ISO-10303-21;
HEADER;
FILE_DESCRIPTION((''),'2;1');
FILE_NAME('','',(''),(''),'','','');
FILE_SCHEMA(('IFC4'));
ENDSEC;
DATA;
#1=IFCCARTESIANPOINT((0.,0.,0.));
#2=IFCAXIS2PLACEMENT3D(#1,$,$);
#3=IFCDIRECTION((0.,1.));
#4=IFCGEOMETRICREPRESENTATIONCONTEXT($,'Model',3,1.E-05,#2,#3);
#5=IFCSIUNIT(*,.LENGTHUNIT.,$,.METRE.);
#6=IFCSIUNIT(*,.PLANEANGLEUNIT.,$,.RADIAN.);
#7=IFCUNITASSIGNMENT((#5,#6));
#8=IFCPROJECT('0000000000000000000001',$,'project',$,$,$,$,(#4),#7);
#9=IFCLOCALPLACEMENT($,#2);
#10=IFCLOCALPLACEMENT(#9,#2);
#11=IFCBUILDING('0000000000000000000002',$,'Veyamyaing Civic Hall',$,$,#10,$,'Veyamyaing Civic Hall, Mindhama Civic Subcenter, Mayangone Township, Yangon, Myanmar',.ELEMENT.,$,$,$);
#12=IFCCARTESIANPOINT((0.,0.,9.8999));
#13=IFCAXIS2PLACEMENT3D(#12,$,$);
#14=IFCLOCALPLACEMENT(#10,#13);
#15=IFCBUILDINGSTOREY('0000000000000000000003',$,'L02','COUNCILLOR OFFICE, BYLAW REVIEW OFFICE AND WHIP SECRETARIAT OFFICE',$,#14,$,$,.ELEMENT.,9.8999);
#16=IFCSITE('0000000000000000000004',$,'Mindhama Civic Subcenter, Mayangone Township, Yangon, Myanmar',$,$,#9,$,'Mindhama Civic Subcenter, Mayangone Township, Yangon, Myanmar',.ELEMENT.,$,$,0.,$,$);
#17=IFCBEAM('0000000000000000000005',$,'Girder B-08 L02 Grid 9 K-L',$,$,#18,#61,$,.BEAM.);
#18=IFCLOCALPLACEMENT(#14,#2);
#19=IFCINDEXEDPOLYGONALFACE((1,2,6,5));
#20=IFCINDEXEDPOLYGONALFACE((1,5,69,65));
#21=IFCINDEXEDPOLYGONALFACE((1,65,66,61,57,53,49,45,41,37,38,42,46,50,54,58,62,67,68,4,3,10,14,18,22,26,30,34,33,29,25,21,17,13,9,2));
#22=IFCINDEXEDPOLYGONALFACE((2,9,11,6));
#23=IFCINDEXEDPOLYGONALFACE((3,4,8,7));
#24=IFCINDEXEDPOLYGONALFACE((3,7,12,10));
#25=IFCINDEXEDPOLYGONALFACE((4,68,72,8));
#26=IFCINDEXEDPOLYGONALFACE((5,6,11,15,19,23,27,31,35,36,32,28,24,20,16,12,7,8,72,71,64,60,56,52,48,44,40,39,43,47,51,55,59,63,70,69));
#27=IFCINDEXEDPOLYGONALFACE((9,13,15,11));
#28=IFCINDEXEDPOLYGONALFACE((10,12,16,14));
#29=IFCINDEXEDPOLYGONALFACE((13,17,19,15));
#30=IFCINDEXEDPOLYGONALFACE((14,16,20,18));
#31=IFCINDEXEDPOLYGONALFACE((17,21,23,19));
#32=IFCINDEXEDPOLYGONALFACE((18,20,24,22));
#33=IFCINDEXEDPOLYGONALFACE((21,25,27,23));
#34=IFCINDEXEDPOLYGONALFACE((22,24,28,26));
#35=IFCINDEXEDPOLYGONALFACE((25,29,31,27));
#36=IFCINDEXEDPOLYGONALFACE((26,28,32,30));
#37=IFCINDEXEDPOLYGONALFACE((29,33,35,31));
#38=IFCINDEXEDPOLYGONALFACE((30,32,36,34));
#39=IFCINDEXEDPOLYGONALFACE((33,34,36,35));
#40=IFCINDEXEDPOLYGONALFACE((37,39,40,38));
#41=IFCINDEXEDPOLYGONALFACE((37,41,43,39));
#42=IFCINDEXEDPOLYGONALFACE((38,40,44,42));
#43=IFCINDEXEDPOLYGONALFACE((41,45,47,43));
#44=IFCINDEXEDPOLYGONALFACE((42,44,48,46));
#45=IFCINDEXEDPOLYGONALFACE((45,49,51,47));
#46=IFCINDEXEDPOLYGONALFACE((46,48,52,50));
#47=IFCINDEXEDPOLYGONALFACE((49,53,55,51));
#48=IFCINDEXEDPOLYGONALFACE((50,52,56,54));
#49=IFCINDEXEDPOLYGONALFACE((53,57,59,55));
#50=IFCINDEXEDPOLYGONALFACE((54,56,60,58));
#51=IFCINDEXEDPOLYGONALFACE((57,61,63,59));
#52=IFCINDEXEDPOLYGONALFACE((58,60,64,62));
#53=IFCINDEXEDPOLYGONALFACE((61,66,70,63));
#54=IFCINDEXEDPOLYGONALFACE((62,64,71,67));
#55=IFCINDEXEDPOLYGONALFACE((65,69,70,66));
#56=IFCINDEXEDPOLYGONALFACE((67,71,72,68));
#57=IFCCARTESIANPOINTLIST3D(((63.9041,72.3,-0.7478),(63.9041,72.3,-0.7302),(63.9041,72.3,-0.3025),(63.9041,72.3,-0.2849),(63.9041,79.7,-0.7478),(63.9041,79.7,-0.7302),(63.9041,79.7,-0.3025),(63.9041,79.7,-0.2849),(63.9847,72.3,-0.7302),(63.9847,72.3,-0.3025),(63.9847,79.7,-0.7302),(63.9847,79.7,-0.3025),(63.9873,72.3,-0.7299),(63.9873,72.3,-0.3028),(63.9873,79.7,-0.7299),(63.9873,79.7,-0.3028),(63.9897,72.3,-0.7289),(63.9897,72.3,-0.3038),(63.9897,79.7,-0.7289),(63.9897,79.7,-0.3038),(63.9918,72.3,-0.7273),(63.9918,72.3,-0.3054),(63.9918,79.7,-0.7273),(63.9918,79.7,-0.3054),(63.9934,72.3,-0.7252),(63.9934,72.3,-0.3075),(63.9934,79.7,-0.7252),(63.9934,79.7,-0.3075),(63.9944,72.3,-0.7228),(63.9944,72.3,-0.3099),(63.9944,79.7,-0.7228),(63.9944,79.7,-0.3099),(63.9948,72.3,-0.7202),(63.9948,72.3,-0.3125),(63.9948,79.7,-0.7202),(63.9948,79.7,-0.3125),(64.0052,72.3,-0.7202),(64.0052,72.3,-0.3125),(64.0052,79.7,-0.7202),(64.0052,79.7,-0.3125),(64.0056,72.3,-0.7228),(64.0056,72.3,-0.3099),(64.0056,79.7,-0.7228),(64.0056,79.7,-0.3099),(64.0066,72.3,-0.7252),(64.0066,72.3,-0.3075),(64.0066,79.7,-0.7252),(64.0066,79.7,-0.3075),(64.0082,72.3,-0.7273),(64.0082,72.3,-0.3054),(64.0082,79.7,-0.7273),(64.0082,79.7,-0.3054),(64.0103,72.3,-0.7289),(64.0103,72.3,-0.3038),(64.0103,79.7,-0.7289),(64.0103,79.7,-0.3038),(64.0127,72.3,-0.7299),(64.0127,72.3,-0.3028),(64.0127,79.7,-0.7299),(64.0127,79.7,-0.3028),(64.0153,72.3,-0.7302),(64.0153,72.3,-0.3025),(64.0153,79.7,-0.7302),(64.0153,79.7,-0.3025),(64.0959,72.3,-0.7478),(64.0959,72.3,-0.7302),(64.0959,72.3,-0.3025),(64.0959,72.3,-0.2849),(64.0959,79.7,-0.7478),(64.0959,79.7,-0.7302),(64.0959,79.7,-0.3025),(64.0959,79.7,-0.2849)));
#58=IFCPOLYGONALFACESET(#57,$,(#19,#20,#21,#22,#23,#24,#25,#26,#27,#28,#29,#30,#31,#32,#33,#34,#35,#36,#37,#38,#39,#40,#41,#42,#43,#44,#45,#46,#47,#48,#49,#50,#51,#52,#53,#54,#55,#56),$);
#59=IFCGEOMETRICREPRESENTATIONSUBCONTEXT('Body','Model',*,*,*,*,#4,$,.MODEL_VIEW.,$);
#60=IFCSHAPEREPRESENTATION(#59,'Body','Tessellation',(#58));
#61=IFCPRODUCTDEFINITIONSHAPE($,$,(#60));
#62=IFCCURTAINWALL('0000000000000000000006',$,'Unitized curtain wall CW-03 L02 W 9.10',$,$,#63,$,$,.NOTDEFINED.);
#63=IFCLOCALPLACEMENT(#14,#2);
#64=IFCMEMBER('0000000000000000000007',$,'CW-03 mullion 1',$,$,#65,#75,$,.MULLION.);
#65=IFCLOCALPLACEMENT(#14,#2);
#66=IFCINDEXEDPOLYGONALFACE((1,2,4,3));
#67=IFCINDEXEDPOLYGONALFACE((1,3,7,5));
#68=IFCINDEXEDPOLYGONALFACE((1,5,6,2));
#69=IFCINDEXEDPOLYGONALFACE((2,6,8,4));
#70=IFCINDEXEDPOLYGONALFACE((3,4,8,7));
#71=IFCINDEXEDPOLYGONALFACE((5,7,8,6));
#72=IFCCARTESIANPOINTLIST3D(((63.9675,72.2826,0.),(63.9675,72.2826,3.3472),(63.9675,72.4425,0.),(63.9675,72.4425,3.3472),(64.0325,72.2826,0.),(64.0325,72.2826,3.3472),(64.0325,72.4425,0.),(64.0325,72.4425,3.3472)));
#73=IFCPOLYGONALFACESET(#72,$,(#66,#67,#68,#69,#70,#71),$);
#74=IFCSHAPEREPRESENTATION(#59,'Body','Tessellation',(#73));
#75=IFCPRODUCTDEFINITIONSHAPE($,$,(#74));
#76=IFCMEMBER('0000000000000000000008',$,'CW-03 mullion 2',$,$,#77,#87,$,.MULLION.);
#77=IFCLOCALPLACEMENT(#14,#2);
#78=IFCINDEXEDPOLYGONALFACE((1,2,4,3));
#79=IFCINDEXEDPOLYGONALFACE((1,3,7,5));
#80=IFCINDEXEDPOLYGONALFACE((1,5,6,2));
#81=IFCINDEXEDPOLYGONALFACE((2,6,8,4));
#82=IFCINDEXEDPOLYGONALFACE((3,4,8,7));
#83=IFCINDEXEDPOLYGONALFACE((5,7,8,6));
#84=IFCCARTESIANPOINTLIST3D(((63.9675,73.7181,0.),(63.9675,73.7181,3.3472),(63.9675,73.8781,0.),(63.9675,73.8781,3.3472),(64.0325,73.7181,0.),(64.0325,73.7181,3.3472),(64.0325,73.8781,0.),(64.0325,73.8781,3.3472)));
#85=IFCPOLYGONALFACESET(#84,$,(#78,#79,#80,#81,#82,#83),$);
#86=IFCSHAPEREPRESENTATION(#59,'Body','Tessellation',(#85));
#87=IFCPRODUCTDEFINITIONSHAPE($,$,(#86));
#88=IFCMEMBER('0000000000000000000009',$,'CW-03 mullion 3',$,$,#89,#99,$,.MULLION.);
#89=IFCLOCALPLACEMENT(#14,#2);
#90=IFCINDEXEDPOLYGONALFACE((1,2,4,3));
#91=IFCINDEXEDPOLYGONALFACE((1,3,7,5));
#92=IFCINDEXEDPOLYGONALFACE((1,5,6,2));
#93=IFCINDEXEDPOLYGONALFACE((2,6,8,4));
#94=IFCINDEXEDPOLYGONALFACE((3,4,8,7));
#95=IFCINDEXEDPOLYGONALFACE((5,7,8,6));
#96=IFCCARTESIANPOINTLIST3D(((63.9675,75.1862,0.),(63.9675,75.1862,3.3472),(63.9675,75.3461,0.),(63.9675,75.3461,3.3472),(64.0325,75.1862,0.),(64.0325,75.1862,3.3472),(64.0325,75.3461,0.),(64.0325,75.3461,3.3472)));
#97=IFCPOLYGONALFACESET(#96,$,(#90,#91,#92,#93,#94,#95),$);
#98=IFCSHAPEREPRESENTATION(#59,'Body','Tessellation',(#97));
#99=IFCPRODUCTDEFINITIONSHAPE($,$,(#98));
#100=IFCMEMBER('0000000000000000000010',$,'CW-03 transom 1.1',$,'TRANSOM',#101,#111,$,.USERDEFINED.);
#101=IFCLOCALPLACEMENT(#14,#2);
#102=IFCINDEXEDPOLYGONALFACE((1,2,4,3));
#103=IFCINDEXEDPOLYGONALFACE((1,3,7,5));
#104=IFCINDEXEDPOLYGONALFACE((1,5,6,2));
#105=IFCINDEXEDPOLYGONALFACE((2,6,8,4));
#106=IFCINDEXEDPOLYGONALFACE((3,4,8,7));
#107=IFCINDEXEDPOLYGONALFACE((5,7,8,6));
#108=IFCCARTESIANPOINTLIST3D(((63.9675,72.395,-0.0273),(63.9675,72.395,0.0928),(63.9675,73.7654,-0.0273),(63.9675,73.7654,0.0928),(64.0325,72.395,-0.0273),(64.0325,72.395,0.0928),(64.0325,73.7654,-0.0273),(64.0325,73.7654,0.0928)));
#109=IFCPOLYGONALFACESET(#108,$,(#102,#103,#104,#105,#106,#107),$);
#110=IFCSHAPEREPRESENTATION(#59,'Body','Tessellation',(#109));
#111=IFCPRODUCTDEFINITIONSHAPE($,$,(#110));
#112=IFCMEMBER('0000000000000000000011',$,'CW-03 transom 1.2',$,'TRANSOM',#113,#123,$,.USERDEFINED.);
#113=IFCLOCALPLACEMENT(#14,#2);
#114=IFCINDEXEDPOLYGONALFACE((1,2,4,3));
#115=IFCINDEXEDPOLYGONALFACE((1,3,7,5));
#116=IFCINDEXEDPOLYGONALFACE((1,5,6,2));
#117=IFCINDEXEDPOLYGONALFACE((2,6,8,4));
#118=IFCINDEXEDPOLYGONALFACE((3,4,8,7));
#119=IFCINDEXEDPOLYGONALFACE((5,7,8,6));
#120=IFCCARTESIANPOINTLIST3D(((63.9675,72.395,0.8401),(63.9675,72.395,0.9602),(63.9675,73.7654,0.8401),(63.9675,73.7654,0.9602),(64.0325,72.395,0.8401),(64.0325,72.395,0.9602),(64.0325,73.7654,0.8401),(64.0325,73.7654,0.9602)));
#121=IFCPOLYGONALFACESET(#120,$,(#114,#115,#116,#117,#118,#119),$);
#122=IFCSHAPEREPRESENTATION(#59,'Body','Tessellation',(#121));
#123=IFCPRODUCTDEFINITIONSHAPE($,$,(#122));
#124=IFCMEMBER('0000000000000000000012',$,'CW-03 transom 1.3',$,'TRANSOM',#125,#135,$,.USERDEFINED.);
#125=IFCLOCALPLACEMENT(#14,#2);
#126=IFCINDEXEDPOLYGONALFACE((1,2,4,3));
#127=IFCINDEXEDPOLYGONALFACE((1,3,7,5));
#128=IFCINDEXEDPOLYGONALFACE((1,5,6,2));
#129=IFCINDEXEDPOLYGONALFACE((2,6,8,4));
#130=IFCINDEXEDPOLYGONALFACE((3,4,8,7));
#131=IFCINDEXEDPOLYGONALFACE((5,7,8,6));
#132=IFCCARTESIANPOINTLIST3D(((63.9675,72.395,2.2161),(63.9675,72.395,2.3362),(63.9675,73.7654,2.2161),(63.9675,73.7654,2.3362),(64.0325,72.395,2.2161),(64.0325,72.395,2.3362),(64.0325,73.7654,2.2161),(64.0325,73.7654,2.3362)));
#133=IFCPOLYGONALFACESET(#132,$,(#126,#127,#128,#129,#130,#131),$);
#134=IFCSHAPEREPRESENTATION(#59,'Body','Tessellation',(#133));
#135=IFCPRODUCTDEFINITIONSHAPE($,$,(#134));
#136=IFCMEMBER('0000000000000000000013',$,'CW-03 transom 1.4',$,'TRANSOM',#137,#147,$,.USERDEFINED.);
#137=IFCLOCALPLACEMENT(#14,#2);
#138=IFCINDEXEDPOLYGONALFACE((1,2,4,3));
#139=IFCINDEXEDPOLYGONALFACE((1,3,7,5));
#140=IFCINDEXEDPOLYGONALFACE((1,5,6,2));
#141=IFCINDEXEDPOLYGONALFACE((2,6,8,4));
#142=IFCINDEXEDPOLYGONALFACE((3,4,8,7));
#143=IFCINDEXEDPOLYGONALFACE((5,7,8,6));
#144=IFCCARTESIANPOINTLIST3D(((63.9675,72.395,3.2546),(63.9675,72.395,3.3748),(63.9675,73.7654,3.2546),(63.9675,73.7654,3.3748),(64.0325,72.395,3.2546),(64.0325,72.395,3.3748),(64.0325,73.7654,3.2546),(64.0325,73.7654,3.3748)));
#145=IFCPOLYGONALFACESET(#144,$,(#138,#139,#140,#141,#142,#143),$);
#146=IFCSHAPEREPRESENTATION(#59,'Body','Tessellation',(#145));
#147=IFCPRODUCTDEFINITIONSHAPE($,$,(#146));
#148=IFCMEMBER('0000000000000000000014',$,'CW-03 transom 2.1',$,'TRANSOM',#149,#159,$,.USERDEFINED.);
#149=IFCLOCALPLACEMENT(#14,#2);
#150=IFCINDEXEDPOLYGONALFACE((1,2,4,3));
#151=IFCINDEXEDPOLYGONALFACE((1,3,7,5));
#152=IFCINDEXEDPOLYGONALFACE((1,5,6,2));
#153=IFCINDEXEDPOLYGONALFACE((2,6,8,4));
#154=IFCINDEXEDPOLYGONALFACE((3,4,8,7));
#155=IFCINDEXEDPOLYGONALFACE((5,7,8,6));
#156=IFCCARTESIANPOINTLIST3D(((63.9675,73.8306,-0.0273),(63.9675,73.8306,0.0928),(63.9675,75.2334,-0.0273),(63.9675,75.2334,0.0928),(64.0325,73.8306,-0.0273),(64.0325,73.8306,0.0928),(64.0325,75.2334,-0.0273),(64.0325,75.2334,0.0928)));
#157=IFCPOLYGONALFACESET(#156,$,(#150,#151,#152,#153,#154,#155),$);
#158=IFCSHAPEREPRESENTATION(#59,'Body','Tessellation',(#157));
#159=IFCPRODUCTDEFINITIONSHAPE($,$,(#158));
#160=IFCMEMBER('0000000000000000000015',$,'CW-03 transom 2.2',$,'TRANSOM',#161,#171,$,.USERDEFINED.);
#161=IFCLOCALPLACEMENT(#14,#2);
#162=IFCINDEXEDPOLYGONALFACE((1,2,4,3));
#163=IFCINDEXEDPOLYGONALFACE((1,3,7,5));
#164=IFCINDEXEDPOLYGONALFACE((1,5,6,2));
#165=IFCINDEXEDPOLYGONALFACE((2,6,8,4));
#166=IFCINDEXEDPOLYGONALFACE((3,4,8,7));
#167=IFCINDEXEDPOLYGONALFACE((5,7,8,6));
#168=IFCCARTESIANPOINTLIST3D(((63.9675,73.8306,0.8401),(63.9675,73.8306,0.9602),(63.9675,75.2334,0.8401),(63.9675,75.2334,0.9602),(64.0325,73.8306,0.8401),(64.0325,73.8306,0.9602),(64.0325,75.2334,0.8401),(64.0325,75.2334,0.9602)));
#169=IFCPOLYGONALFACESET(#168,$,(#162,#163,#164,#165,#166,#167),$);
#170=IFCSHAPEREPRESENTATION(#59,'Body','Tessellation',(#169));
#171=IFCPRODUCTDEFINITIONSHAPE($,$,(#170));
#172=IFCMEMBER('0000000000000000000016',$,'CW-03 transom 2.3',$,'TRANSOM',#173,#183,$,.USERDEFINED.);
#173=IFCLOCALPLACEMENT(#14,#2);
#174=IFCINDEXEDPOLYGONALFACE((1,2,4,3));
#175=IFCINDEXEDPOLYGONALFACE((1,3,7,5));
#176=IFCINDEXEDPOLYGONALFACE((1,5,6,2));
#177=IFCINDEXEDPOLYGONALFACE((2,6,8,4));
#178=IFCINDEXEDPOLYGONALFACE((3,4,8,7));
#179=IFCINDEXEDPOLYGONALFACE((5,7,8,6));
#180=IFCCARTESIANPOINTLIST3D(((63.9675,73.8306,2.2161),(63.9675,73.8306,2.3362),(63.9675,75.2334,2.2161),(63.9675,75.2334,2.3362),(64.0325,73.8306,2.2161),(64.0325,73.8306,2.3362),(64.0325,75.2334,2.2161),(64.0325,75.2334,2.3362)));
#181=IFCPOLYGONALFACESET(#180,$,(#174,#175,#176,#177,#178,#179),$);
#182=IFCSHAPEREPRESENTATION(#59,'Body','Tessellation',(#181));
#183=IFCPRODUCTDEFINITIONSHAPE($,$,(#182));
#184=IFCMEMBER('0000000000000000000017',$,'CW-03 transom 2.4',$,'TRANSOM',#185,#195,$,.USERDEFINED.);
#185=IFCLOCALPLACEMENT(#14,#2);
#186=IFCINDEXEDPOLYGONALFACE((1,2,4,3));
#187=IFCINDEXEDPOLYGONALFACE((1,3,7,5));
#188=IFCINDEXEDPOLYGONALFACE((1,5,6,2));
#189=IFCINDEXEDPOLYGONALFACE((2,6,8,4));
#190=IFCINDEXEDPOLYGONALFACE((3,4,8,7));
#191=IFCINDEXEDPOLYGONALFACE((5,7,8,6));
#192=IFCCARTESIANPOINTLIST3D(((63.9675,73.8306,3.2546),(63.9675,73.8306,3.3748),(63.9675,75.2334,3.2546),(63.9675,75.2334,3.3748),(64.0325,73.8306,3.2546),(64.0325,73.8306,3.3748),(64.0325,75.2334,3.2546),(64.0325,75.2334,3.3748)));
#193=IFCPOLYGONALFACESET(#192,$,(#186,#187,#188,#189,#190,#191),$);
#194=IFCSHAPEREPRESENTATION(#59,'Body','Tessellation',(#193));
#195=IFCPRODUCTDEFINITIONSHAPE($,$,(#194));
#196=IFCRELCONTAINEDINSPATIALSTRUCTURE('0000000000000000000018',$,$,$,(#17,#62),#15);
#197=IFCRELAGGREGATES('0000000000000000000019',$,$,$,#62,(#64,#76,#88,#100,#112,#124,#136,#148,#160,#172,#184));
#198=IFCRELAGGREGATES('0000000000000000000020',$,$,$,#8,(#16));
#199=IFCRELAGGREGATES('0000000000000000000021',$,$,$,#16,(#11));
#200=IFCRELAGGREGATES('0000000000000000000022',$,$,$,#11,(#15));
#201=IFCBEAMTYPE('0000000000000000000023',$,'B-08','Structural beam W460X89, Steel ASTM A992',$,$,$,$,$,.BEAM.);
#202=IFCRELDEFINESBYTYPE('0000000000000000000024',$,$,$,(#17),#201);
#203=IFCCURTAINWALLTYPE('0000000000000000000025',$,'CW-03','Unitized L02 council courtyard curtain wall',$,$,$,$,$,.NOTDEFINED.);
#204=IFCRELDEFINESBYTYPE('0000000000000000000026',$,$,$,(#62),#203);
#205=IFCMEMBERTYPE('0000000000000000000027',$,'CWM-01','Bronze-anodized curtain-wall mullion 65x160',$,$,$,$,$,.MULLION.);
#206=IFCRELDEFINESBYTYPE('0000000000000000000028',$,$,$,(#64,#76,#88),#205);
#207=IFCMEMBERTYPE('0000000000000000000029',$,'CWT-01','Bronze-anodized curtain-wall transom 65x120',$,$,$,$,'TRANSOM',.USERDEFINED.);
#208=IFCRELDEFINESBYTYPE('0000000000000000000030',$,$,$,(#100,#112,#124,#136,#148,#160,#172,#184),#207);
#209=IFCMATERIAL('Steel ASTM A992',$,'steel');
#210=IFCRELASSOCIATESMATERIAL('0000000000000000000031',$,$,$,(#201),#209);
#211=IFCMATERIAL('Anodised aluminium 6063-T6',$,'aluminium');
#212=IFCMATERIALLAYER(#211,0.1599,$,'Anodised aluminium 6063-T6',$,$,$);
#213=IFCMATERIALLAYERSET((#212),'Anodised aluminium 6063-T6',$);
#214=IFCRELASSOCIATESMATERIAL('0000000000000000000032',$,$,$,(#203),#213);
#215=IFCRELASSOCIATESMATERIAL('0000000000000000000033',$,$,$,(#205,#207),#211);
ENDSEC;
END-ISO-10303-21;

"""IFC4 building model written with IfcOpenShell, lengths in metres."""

from ifc_helpers import new_model, si_unit, direction, frame, origin, origin_2d, place, context, subcontext, project, spatial, rectangle, i_section, extrude, material, layer, layer_set, material_profile, profile_set, type_object, element, aggregate, save


model = new_model("IFC4")

# Units and contexts
model_context = context("Model", 3, precision=1e-05, world=origin(), true_north=direction((0.0, 1.0)))
body_context = subcontext(model_context, "Body", "Model", "MODEL_VIEW")
ifc_project = project(units=[si_unit("LENGTHUNIT", "METRE"), si_unit("PLANEANGLEUNIT", "RADIAN")], contexts=[model_context])

# Site, building, storey
site_placement = place(None, origin())
site = spatial("IfcSite", under=ifc_project, at=site_placement, Name="Mindhama Civic Subcenter, Mayangone Township, Yangon, Myanmar", LongName="Mindhama Civic Subcenter, Mayangone Township, Yangon, Myanmar", CompositionType="ELEMENT", RefElevation=0.0)
building_placement = place(site_placement, origin())
building = spatial("IfcBuilding", under=site, at=building_placement, Name="Veyamyaing Civic Hall", LongName="Veyamyaing Civic Hall, Mindhama Civic Subcenter, Mayangone Township, Yangon, Myanmar", CompositionType="ELEMENT")
storey_placement = place(building_placement, frame((0.0, 0.0, 9.8999)))
storey = spatial("IfcBuildingStorey", under=building, at=storey_placement, Name="L02", Description="COUNCILLOR OFFICE, BYLAW REVIEW OFFICE AND WHIP SECRETARIAT OFFICE", CompositionType="ELEMENT", Elevation=9.8999)

# Beam
ifc_material_1 = material(Name="Steel ASTM A992", Category="steel")
ifc_material_profile_1 = material_profile(ifc_material_1, i_section(OverallWidth=0.1919, OverallDepth=0.4629, WebThickness=0.0105, FlangeThickness=0.0176, FilletRadius=0.01, at=origin_2d()), Name="W460X89")
ifc_profile_set_1 = profile_set([ifc_material_profile_1], Name="Steel ASTM A992")
beam_type = type_object("IfcBeamType", Name="B-08", Description="Structural beam W460X89, Steel ASTM A992", PredefinedType="BEAM", material=ifc_profile_set_1)
beam_placement = place(storey_placement, frame((64.0, 72.3, -0.5164), z_axis=(0.0, 1.0, 0.0), x_axis=(-1.0, 0.0, 0.0)))
element("IfcBeam", 1, at=beam_placement, inside=storey, type_object=beam_type, Name="Girder B-08 L02 Grid 9 K-L", PredefinedType="BEAM", context=body_context, shape_type="SweptSolid", body=[
    extrude(i_section(OverallWidth=0.1919, OverallDepth=0.4629, WebThickness=0.0105, FlangeThickness=0.0176, FilletRadius=0.01, at=origin_2d()), origin(), (0.0, 0.0, 1.0), 7.3999),
])

# Curtain wall, members
ifc_material_2 = material(Name="Anodised aluminium 6063-T6", Category="aluminium")
ifc_layer_1 = layer(ifc_material_2, 0.1599, Name="Anodised aluminium 6063-T6")
ifc_layer_set_1 = layer_set([ifc_layer_1], Name="Anodised aluminium 6063-T6")
curtain_wall_type = type_object("IfcCurtainWallType", Name="CW-03", Description="Unitized L02 council courtyard curtain wall", PredefinedType="NOTDEFINED", material=ifc_layer_set_1)
curtain_wall_placement = place(storey_placement, origin())
curtain_wall = element("IfcCurtainWall", 2, at=curtain_wall_placement, inside=storey, type_object=curtain_wall_type, Name="Unitized curtain wall CW-03 L02 W 9.10", PredefinedType="NOTDEFINED")
ifc_material_profile_2 = material_profile(ifc_material_2, rectangle(XDim=0.0649, YDim=0.1599, at=origin_2d()), Name="ALU-MUL-65X160")
ifc_profile_set_2 = profile_set([ifc_material_profile_2], Name="Anodised aluminium 6063-T6")
member_type_1 = type_object("IfcMemberType", Name="CWM-01", Description="Bronze-anodized curtain-wall mullion 65x160", PredefinedType="MULLION", material=ifc_profile_set_2)
member_1_placement = place(storey_placement, frame((64.0, 72.3625, 0.0), z_axis=(0.0, 0.0, 1.0), x_axis=(-1.0, 0.0, 0.0)))
member_1 = element("IfcMember", 3, at=member_1_placement, type_object=member_type_1, Name="CW-03 mullion 1", PredefinedType="MULLION", context=body_context, shape_type="SweptSolid", body=[
    extrude(rectangle(XDim=0.0649, YDim=0.1599, at=origin_2d()), origin(), (0.0, 0.0, 1.0), 3.3472),
])
member_2_placement = place(storey_placement, frame((64.0, 73.7981, 0.0), z_axis=(0.0, 0.0, 1.0), x_axis=(-1.0, 0.0, 0.0)))
member_2 = element("IfcMember", 4, at=member_2_placement, type_object=member_type_1, Name="CW-03 mullion 2", PredefinedType="MULLION", context=body_context, shape_type="SweptSolid", body=[
    extrude(rectangle(XDim=0.0649, YDim=0.1599, at=origin_2d()), origin(), (0.0, 0.0, 1.0), 3.3472),
])
member_3_placement = place(storey_placement, frame((64.0, 75.2661, 0.0), z_axis=(0.0, 0.0, 1.0), x_axis=(-1.0, 0.0, 0.0)))
member_3 = element("IfcMember", 5, at=member_3_placement, type_object=member_type_1, Name="CW-03 mullion 3", PredefinedType="MULLION", context=body_context, shape_type="SweptSolid", body=[
    extrude(rectangle(XDim=0.0649, YDim=0.1599, at=origin_2d()), origin(), (0.0, 0.0, 1.0), 3.3472),
])
ifc_material_profile_3 = material_profile(ifc_material_2, rectangle(XDim=0.0649, YDim=0.1201, at=origin_2d()), Name="ALU-TRN-65X120")
ifc_profile_set_3 = profile_set([ifc_material_profile_3], Name="Anodised aluminium 6063-T6")
member_type_2 = type_object("IfcMemberType", Name="CWT-01", Description="Bronze-anodized curtain-wall transom 65x120", ElementType="TRANSOM", PredefinedType="USERDEFINED", material=ifc_profile_set_3)
member_4_placement = place(storey_placement, frame((64.0, 72.395, 0.0327), z_axis=(0.0, 1.0, 0.0), x_axis=(-1.0, 0.0, 0.0)))
member_4 = element("IfcMember", 6, at=member_4_placement, type_object=member_type_2, Name="CW-03 transom 1.1", ObjectType="TRANSOM", PredefinedType="USERDEFINED", context=body_context, shape_type="SweptSolid", body=[
    extrude(rectangle(XDim=0.0649, YDim=0.1201, at=origin_2d()), origin(), (0.0, 0.0, 1.0), 1.3704),
])
member_5_placement = place(storey_placement, frame((64.0, 72.395, 0.9001), z_axis=(0.0, 1.0, 0.0), x_axis=(-1.0, 0.0, 0.0)))
member_5 = element("IfcMember", 7, at=member_5_placement, type_object=member_type_2, Name="CW-03 transom 1.2", ObjectType="TRANSOM", PredefinedType="USERDEFINED", context=body_context, shape_type="SweptSolid", body=[
    extrude(rectangle(XDim=0.0649, YDim=0.1201, at=origin_2d()), origin(), (0.0, 0.0, 1.0), 1.3704),
])
member_6_placement = place(storey_placement, frame((64.0, 72.395, 2.2761), z_axis=(0.0, 1.0, 0.0), x_axis=(-1.0, 0.0, 0.0)))
member_6 = element("IfcMember", 8, at=member_6_placement, type_object=member_type_2, Name="CW-03 transom 1.3", ObjectType="TRANSOM", PredefinedType="USERDEFINED", context=body_context, shape_type="SweptSolid", body=[
    extrude(rectangle(XDim=0.0649, YDim=0.1201, at=origin_2d()), origin(), (0.0, 0.0, 1.0), 1.3704),
])
member_7_placement = place(storey_placement, frame((64.0, 72.395, 3.3147), z_axis=(0.0, 1.0, 0.0), x_axis=(-1.0, 0.0, 0.0)))
member_7 = element("IfcMember", 9, at=member_7_placement, type_object=member_type_2, Name="CW-03 transom 1.4", ObjectType="TRANSOM", PredefinedType="USERDEFINED", context=body_context, shape_type="SweptSolid", body=[
    extrude(rectangle(XDim=0.0649, YDim=0.1201, at=origin_2d()), origin(), (0.0, 0.0, 1.0), 1.3704),
])
member_8_placement = place(storey_placement, frame((64.0, 73.8306, 0.0327), z_axis=(0.0, 1.0, 0.0), x_axis=(-1.0, 0.0, 0.0)))
member_8 = element("IfcMember", 10, at=member_8_placement, type_object=member_type_2, Name="CW-03 transom 2.1", ObjectType="TRANSOM", PredefinedType="USERDEFINED", context=body_context, shape_type="SweptSolid", body=[
    extrude(rectangle(XDim=0.0649, YDim=0.1201, at=origin_2d()), origin(), (0.0, 0.0, 1.0), 1.4028),
])
member_9_placement = place(storey_placement, frame((64.0, 73.8306, 0.9001), z_axis=(0.0, 1.0, 0.0), x_axis=(-1.0, 0.0, 0.0)))
member_9 = element("IfcMember", 11, at=member_9_placement, type_object=member_type_2, Name="CW-03 transom 2.2", ObjectType="TRANSOM", PredefinedType="USERDEFINED", context=body_context, shape_type="SweptSolid", body=[
    extrude(rectangle(XDim=0.0649, YDim=0.1201, at=origin_2d()), origin(), (0.0, 0.0, 1.0), 1.4028),
])
member_10_placement = place(storey_placement, frame((64.0, 73.8306, 2.2761), z_axis=(0.0, 1.0, 0.0), x_axis=(-1.0, 0.0, 0.0)))
member_10 = element("IfcMember", 12, at=member_10_placement, type_object=member_type_2, Name="CW-03 transom 2.3", ObjectType="TRANSOM", PredefinedType="USERDEFINED", context=body_context, shape_type="SweptSolid", body=[
    extrude(rectangle(XDim=0.0649, YDim=0.1201, at=origin_2d()), origin(), (0.0, 0.0, 1.0), 1.4028),
])
member_11_placement = place(storey_placement, frame((64.0, 73.8306, 3.3147), z_axis=(0.0, 1.0, 0.0), x_axis=(-1.0, 0.0, 0.0)))
member_11 = element("IfcMember", 13, at=member_11_placement, type_object=member_type_2, Name="CW-03 transom 2.4", ObjectType="TRANSOM", PredefinedType="USERDEFINED", context=body_context, shape_type="SweptSolid", body=[
    extrude(rectangle(XDim=0.0649, YDim=0.1201, at=origin_2d()), origin(), (0.0, 0.0, 1.0), 1.4028),
])
aggregate(curtain_wall, [member_1, member_2, member_3, member_4, member_5, member_6, member_7, member_8, member_9, member_10, member_11])

save(model, "model.ifc")
